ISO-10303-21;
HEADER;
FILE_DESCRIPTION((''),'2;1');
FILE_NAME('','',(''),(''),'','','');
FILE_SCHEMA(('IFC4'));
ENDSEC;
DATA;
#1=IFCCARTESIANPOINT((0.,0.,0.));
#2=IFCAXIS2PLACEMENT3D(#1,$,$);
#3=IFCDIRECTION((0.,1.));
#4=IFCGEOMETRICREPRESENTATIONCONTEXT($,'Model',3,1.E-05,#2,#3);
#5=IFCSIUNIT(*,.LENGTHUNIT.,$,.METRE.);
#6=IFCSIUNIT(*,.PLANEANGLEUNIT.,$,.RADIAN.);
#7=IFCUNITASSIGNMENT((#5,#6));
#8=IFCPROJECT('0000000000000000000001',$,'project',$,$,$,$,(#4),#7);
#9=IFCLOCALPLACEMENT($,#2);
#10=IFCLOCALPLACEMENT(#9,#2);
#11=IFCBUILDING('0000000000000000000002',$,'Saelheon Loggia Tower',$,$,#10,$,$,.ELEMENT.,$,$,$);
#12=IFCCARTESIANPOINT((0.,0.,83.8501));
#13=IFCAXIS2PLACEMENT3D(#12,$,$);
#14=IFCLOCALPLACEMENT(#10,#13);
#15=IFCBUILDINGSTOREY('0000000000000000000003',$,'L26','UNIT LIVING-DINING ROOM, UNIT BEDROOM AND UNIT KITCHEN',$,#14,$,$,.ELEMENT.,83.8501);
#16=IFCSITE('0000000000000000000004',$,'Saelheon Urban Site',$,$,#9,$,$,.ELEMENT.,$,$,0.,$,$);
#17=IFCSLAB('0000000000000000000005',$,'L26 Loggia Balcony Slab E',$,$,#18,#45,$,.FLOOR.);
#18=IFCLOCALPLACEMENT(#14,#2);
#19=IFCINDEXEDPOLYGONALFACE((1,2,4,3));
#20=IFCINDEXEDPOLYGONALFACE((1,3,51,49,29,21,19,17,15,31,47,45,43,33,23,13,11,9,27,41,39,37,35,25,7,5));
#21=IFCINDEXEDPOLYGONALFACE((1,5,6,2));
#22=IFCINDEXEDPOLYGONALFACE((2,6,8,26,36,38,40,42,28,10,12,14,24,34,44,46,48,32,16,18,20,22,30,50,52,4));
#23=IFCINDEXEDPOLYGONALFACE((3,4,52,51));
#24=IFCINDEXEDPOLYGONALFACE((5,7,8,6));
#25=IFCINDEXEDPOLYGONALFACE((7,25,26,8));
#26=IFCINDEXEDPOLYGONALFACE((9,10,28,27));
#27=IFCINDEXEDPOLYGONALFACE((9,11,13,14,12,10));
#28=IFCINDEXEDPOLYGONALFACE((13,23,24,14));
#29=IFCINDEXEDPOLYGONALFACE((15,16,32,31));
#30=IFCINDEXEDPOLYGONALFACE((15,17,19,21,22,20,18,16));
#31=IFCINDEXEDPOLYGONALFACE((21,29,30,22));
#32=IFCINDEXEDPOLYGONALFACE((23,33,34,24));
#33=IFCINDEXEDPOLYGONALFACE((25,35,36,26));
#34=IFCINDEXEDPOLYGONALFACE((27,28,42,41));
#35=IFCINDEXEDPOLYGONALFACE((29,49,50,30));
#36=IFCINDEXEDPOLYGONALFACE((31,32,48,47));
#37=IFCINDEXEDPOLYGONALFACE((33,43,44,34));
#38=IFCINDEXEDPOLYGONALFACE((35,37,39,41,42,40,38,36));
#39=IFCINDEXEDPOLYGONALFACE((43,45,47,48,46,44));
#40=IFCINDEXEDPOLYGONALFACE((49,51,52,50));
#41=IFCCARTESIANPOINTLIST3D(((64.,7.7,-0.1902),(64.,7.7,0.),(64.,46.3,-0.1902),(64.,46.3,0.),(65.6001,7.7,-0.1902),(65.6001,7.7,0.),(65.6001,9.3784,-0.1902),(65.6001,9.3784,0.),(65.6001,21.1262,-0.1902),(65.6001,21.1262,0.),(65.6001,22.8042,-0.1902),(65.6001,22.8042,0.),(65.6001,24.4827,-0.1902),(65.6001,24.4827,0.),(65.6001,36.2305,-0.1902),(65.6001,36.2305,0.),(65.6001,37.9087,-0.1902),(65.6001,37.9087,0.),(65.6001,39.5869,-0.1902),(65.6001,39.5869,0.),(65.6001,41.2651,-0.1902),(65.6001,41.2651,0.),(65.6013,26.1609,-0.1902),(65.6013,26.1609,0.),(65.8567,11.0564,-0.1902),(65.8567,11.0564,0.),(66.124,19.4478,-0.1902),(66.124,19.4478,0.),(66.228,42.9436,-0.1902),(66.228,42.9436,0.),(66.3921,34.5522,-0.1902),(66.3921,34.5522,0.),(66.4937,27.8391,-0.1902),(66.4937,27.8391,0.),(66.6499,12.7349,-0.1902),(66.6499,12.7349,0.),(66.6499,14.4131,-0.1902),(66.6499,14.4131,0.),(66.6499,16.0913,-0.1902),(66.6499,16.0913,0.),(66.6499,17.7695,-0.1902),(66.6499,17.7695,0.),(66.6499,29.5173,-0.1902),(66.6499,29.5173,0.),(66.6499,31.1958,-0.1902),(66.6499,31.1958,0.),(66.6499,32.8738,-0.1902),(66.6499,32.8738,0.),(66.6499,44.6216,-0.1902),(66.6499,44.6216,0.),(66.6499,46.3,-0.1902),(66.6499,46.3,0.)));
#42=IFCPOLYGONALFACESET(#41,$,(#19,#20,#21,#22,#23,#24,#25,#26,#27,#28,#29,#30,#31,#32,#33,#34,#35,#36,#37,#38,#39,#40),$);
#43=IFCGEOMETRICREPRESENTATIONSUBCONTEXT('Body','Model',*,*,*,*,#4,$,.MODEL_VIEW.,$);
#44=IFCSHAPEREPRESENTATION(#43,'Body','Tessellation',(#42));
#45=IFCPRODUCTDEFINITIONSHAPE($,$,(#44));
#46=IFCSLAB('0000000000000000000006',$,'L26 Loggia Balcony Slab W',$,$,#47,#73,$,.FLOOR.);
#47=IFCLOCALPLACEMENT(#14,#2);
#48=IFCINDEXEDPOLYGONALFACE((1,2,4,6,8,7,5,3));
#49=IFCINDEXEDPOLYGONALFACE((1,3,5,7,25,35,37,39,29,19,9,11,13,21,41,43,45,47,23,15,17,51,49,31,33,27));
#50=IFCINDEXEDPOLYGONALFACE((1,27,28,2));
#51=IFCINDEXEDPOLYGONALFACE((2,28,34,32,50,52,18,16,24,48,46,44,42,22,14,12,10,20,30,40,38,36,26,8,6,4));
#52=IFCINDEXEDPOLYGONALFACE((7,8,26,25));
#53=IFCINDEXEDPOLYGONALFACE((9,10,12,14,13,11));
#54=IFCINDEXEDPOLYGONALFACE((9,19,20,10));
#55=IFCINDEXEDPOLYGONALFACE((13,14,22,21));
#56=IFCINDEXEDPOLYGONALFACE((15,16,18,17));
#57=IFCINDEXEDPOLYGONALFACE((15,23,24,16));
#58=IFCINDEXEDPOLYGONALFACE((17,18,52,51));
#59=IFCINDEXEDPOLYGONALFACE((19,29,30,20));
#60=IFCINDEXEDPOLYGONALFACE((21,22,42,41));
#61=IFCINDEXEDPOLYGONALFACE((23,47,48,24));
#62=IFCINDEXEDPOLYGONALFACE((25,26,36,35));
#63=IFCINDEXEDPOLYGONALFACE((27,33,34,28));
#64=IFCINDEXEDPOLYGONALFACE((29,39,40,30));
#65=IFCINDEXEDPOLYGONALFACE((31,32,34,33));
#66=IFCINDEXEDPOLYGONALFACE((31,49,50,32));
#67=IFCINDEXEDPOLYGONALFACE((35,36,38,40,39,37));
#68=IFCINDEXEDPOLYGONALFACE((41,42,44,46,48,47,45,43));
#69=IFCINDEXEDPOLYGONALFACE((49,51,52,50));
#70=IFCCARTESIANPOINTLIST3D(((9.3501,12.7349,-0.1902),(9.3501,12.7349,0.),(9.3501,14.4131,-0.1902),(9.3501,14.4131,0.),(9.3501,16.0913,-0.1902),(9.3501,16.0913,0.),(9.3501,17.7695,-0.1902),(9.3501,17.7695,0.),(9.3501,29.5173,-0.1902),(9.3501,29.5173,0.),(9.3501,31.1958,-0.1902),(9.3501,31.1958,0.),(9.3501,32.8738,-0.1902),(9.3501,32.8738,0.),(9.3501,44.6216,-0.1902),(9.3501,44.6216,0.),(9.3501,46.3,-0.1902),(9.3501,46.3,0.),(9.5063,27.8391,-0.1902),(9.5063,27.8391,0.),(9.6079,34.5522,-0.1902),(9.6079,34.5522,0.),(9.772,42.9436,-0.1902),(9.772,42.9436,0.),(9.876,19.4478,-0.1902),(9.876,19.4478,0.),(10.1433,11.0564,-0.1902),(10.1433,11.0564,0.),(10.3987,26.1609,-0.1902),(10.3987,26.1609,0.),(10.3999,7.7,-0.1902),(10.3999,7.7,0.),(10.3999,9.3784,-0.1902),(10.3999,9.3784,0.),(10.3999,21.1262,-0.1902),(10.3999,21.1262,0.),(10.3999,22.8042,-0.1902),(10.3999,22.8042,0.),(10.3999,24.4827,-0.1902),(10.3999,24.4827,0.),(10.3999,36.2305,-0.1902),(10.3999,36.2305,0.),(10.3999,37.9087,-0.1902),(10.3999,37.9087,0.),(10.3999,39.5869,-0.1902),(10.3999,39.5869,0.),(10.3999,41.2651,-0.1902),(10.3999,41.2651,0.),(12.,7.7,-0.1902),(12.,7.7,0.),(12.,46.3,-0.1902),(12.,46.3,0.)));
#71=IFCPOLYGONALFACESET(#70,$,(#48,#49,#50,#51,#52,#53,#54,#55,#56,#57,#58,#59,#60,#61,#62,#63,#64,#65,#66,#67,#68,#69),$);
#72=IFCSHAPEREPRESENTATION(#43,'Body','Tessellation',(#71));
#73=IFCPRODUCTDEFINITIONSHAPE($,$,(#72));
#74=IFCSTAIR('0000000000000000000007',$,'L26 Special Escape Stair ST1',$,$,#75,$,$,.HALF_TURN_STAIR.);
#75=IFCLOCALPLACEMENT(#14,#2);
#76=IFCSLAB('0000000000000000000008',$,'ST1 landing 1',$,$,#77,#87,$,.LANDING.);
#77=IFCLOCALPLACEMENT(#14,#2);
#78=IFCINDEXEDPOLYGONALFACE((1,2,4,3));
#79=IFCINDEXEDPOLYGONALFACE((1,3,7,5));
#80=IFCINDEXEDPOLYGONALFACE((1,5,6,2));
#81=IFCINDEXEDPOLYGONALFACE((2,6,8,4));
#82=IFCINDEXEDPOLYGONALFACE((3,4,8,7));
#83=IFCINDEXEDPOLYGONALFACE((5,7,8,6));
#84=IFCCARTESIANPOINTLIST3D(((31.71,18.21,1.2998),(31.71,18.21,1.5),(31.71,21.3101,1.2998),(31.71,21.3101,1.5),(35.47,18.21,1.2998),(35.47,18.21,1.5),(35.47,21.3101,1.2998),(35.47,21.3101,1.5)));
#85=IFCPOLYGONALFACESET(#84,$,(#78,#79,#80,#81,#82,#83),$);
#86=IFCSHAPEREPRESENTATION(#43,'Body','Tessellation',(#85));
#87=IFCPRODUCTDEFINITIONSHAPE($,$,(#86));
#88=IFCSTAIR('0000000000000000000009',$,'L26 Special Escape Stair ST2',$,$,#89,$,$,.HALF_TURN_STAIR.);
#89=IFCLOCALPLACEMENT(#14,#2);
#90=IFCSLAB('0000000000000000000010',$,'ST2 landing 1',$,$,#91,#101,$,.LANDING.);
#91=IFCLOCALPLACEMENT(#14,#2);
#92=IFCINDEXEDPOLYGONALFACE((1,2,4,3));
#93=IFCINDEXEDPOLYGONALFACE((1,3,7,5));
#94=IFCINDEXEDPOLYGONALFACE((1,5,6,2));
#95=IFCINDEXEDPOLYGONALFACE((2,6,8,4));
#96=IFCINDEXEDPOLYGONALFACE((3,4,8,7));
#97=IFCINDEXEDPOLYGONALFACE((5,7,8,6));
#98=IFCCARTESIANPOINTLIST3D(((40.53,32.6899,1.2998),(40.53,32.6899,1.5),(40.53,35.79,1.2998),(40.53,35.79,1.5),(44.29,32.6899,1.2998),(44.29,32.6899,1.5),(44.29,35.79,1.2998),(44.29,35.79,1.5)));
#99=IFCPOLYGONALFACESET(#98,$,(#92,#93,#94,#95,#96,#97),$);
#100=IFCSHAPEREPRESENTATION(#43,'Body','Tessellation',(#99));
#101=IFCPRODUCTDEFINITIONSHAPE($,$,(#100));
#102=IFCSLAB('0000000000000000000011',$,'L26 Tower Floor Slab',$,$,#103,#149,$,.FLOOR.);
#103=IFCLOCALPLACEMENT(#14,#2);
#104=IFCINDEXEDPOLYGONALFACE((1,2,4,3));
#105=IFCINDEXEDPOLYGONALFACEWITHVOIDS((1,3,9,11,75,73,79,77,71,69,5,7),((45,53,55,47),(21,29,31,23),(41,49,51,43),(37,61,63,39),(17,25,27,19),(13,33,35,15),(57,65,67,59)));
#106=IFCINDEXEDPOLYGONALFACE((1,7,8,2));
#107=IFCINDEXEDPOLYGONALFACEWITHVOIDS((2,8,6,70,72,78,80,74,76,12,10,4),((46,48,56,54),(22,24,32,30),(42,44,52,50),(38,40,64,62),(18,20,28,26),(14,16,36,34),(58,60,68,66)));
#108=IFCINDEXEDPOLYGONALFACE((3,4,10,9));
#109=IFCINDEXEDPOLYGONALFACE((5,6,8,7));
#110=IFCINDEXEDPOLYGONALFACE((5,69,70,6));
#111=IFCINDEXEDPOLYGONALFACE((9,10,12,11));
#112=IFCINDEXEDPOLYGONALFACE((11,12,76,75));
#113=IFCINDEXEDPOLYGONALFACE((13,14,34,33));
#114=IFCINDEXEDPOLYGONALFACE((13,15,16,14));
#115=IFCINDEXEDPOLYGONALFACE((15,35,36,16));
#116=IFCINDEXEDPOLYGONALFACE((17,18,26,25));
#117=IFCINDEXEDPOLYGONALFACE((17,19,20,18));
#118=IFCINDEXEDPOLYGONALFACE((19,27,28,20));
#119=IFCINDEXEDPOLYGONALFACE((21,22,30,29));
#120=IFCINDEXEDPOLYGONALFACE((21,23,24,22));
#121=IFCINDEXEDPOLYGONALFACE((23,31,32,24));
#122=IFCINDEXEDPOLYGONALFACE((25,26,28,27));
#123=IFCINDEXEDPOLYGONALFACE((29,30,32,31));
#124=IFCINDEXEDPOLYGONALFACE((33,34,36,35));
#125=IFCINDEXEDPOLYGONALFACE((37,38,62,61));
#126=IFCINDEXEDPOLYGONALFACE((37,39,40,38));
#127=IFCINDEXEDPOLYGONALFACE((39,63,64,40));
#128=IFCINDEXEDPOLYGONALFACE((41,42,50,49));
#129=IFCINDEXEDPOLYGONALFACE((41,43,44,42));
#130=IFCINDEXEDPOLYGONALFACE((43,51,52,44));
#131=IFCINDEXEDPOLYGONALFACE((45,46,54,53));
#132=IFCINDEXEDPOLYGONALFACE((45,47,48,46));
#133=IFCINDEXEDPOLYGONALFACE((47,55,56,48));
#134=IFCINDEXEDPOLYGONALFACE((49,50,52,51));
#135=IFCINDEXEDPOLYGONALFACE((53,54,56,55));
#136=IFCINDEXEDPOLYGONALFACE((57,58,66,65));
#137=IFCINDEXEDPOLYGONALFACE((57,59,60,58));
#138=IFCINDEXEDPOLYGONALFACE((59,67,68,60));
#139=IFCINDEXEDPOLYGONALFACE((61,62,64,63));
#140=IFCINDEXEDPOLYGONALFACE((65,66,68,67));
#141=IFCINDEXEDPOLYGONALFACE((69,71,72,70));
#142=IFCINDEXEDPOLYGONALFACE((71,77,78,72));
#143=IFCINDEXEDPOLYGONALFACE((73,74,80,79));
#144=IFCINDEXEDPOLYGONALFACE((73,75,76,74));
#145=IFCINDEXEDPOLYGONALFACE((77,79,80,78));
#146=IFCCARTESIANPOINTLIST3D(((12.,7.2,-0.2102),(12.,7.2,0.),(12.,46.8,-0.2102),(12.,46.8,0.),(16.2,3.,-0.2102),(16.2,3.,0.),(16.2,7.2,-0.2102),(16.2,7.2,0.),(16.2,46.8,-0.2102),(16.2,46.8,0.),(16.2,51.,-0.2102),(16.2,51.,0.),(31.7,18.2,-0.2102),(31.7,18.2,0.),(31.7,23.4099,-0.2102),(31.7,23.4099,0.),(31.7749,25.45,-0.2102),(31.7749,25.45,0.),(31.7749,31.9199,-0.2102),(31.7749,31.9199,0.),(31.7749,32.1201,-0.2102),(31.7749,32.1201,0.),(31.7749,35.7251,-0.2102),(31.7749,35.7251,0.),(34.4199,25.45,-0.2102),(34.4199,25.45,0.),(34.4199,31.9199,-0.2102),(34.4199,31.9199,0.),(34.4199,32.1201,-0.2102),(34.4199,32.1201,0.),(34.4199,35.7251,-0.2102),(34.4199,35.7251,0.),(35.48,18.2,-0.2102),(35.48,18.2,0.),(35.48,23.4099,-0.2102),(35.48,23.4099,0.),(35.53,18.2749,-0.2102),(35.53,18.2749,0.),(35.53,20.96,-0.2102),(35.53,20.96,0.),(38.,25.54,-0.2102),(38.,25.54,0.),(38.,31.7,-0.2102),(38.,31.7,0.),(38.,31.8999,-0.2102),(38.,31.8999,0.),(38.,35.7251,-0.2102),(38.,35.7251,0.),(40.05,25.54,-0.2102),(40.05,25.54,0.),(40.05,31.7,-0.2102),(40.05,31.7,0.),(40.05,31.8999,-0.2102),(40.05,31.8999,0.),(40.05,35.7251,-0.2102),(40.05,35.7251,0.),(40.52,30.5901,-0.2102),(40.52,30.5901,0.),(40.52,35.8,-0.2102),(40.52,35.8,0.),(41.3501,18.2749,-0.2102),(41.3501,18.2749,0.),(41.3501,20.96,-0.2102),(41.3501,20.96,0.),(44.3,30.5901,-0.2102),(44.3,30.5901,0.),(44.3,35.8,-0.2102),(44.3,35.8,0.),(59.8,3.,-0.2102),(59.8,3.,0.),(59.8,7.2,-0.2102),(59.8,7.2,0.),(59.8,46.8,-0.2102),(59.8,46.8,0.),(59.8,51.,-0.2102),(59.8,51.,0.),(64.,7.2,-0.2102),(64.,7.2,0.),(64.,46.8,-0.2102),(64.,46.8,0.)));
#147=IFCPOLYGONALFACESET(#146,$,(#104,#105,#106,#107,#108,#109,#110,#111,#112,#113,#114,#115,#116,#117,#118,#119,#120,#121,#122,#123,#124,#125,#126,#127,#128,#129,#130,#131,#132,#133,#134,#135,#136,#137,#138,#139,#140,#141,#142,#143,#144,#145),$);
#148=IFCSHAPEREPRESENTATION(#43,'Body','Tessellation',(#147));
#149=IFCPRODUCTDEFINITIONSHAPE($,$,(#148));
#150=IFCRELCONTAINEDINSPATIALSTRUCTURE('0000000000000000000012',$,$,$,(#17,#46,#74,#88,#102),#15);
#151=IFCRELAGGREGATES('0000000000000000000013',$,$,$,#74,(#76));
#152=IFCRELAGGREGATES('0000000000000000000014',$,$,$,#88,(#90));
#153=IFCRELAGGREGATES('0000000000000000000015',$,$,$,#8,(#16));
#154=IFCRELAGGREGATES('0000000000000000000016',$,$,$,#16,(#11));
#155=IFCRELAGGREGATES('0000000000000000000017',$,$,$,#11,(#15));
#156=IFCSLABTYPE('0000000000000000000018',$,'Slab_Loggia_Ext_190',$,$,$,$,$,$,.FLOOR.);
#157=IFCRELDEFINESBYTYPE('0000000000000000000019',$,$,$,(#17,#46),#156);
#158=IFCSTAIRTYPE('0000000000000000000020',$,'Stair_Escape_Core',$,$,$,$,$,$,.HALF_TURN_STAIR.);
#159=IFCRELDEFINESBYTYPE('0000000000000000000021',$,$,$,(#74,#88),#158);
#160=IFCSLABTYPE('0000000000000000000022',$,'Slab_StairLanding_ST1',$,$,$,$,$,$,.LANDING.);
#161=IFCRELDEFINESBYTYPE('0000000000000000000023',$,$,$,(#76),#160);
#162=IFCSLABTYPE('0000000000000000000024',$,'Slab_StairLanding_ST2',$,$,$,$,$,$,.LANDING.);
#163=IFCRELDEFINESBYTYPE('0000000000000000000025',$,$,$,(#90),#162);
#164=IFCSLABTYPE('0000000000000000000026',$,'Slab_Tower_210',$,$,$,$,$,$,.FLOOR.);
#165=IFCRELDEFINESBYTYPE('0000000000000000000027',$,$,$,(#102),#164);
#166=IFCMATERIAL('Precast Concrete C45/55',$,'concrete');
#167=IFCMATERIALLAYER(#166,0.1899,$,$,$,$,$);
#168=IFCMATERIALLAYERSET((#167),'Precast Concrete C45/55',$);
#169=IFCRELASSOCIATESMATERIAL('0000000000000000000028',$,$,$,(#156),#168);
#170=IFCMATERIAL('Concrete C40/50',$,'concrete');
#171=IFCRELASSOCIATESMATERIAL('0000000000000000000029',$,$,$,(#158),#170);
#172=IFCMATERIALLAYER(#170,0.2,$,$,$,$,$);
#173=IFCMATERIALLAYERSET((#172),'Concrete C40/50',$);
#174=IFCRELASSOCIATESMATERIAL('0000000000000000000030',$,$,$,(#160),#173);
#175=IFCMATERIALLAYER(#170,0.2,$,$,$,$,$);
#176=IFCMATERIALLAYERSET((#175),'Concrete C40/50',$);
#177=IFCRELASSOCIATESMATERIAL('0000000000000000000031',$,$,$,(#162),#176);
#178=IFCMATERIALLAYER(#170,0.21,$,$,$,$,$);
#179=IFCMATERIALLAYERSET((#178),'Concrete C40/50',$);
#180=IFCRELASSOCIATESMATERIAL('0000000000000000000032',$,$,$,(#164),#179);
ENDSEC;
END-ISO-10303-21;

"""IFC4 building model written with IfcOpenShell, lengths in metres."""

from ifc_helpers import new_model, si_unit, direction, frame, origin, place, context, subcontext, project, spatial, polyline, outline, extrude, material, layer, layer_set, type_object, element, aggregate, save


model = new_model("IFC4")

# Units and contexts
model_context = context("Model", 3, precision=1e-05, world=origin(), true_north=direction((0.0, 1.0)))
body_context = subcontext(model_context, "Body", "Model", "MODEL_VIEW")
ifc_project = project(units=[si_unit("LENGTHUNIT", "METRE"), si_unit("PLANEANGLEUNIT", "RADIAN")], contexts=[model_context])

# Site, building, storey
site_placement = place(None, origin())
site = spatial("IfcSite", under=ifc_project, at=site_placement, Name="Saelheon Urban Site", CompositionType="ELEMENT", RefElevation=0.0)
building_placement = place(site_placement, origin())
building = spatial("IfcBuilding", under=site, at=building_placement, Name="Saelheon Loggia Tower", CompositionType="ELEMENT")
storey_placement = place(building_placement, frame((0.0, 0.0, 83.8501)))
storey = spatial("IfcBuildingStorey", under=building, at=storey_placement, Name="L26", Description="UNIT LIVING-DINING ROOM, UNIT BEDROOM AND UNIT KITCHEN", CompositionType="ELEMENT", Elevation=83.8501)

# Shared definitions
ifc_material_1 = material(Name="Precast Concrete C45/55", Category="concrete")

# Shared definitions
ifc_material_2 = material(Name="Concrete C40/50", Category="concrete")

# Slabs
ifc_layer_1 = layer(ifc_material_1, 0.1899)
ifc_layer_set_1 = layer_set([ifc_layer_1], Name="Precast Concrete C45/55")
slab_type_1 = type_object("IfcSlabType", Name="Slab_Loggia_Ext_190", PredefinedType="FLOOR", material=ifc_layer_set_1)
slab_1_placement = place(storey_placement, frame((0.0, 0.0, -0.1902)))
element("IfcSlab", 1, at=slab_1_placement, inside=storey, type_object=slab_type_1, Name="L26 Loggia Balcony Slab E", PredefinedType="FLOOR", context=body_context, shape_type="SweptSolid", body=[
    extrude(outline(polyline([(64.0, 7.7), (65.6001, 7.7), (65.6001, 9.3784), (65.8567, 11.0564), (66.6499, 12.7349), (66.6499, 14.4131), (66.6499, 16.0913), (66.6499, 17.7695), (66.124, 19.4478), (65.6001, 21.1262), (65.6001, 22.8042), (65.6001, 24.4827), (65.6013, 26.1609), (66.4937, 27.8391), (66.6499, 29.5173), (66.6499, 31.1958), (66.6499, 32.8738), (66.3921, 34.5522), (65.6001, 36.2305), (65.6001, 37.9087), (65.6001, 39.5869), (65.6001, 41.2651), (66.228, 42.9436), (66.6499, 44.6216), (66.6499, 46.3), (64.0, 46.3), (64.0, 7.7)])), origin(), (0.0, 0.0, 1.0), 0.1902),
])
slab_2_placement = place(storey_placement, frame((0.0, 0.0, -0.1902)))
element("IfcSlab", 2, at=slab_2_placement, inside=storey, type_object=slab_type_1, Name="L26 Loggia Balcony Slab W", PredefinedType="FLOOR", context=body_context, shape_type="SweptSolid", body=[
    extrude(outline(polyline([(12.0, 7.7), (12.0, 46.3), (9.3501, 46.3), (9.3501, 44.6216), (9.772, 42.9436), (10.3999, 41.2651), (10.3999, 39.5869), (10.3999, 37.9087), (10.3999, 36.2305), (9.6079, 34.5522), (9.3501, 32.8738), (9.3501, 31.1958), (9.3501, 29.5173), (9.5063, 27.8391), (10.3987, 26.1609), (10.3999, 24.4827), (10.3999, 22.8042), (10.3999, 21.1262), (9.876, 19.4478), (9.3501, 17.7695), (9.3501, 16.0913), (9.3501, 14.4131), (9.3501, 12.7349), (10.1433, 11.0564), (10.3999, 9.3784), (10.3999, 7.7), (12.0, 7.7)])), origin(), (0.0, 0.0, 1.0), 0.1902),
])

# Stairs, slabs
stair_type = type_object("IfcStairType", Name="Stair_Escape_Core", PredefinedType="HALF_TURN_STAIR", material=ifc_material_2)
stair_1_placement = place(storey_placement, origin())
stair_1 = element("IfcStair", 3, at=stair_1_placement, inside=storey, type_object=stair_type, Name="L26 Special Escape Stair ST1", PredefinedType="HALF_TURN_STAIR")
ifc_layer_2 = layer(ifc_material_2, 0.2)
ifc_layer_set_2 = layer_set([ifc_layer_2], Name="Concrete C40/50")
slab_type_2 = type_object("IfcSlabType", Name="Slab_StairLanding_ST1", PredefinedType="LANDING", material=ifc_layer_set_2)
slab_3_placement = place(storey_placement, frame((0.0, 0.0, 1.2998)))
slab_3 = element("IfcSlab", 4, at=slab_3_placement, type_object=slab_type_2, Name="ST1 landing 1", PredefinedType="LANDING", context=body_context, shape_type="SweptSolid", body=[
    extrude(outline(polyline([(31.71, 21.3101), (31.71, 18.21), (35.47, 18.21), (35.47, 21.3101), (31.71, 21.3101)])), origin(), (0.0, 0.0, 1.0), 0.2002),
])
aggregate(stair_1, [slab_3])
stair_2_placement = place(storey_placement, origin())
stair_2 = element("IfcStair", 5, at=stair_2_placement, inside=storey, type_object=stair_type, Name="L26 Special Escape Stair ST2", PredefinedType="HALF_TURN_STAIR")
ifc_layer_3 = layer(ifc_material_2, 0.2)
ifc_layer_set_3 = layer_set([ifc_layer_3], Name="Concrete C40/50")
slab_type_3 = type_object("IfcSlabType", Name="Slab_StairLanding_ST2", PredefinedType="LANDING", material=ifc_layer_set_3)
slab_4_placement = place(storey_placement, frame((0.0, 0.0, 1.2998)))
slab_4 = element("IfcSlab", 6, at=slab_4_placement, type_object=slab_type_3, Name="ST2 landing 1", PredefinedType="LANDING", context=body_context, shape_type="SweptSolid", body=[
    extrude(outline(polyline([(44.29, 32.6899), (44.29, 35.79), (40.53, 35.79), (40.53, 32.6899), (44.29, 32.6899)])), origin(), (0.0, 0.0, 1.0), 0.2002),
])
aggregate(stair_2, [slab_4])

# Slab
ifc_layer_4 = layer(ifc_material_2, 0.21)
ifc_layer_set_4 = layer_set([ifc_layer_4], Name="Concrete C40/50")
slab_type_4 = type_object("IfcSlabType", Name="Slab_Tower_210", PredefinedType="FLOOR", material=ifc_layer_set_4)
slab_5_placement = place(storey_placement, frame((0.0, 0.0, -0.2102)))
element("IfcSlab", 7, at=slab_5_placement, inside=storey, type_object=slab_type_4, Name="L26 Tower Floor Slab", PredefinedType="FLOOR", context=body_context, shape_type="SweptSolid", body=[
    extrude(outline(polyline([(16.2, 3.0), (59.8, 3.0), (59.8, 7.2), (64.0, 7.2), (64.0, 46.8), (59.8, 46.8), (59.8, 51.0), (16.2, 51.0), (16.2, 46.8), (12.0, 46.8), (12.0, 7.2), (16.2, 7.2), (16.2, 3.0)]), holes=[polyline([(31.7, 23.4099), (31.7, 18.2), (35.48, 18.2), (35.48, 23.4099), (31.7, 23.4099)]), polyline([(44.3, 30.5901), (44.3, 35.8), (40.52, 35.8), (40.52, 30.5901), (44.3, 30.5901)]), polyline([(35.53, 18.2749), (41.3501, 18.2749), (41.3501, 20.96), (35.53, 20.96), (35.53, 18.2749)]), polyline([(31.7749, 32.1201), (34.4199, 32.1201), (34.4199, 35.7251), (31.7749, 35.7251), (31.7749, 32.1201)]), polyline([(38.0, 31.8999), (40.05, 31.8999), (40.05, 35.7251), (38.0, 35.7251), (38.0, 31.8999)]), polyline([(31.7749, 25.45), (34.4199, 25.45), (34.4199, 31.9199), (31.7749, 31.9199), (31.7749, 25.45)]), polyline([(38.0, 25.54), (40.05, 25.54), (40.05, 31.7), (38.0, 31.7), (38.0, 25.54)])]), origin(), (0.0, 0.0, 1.0), 0.2102),
])

save(model, "model.ifc")
